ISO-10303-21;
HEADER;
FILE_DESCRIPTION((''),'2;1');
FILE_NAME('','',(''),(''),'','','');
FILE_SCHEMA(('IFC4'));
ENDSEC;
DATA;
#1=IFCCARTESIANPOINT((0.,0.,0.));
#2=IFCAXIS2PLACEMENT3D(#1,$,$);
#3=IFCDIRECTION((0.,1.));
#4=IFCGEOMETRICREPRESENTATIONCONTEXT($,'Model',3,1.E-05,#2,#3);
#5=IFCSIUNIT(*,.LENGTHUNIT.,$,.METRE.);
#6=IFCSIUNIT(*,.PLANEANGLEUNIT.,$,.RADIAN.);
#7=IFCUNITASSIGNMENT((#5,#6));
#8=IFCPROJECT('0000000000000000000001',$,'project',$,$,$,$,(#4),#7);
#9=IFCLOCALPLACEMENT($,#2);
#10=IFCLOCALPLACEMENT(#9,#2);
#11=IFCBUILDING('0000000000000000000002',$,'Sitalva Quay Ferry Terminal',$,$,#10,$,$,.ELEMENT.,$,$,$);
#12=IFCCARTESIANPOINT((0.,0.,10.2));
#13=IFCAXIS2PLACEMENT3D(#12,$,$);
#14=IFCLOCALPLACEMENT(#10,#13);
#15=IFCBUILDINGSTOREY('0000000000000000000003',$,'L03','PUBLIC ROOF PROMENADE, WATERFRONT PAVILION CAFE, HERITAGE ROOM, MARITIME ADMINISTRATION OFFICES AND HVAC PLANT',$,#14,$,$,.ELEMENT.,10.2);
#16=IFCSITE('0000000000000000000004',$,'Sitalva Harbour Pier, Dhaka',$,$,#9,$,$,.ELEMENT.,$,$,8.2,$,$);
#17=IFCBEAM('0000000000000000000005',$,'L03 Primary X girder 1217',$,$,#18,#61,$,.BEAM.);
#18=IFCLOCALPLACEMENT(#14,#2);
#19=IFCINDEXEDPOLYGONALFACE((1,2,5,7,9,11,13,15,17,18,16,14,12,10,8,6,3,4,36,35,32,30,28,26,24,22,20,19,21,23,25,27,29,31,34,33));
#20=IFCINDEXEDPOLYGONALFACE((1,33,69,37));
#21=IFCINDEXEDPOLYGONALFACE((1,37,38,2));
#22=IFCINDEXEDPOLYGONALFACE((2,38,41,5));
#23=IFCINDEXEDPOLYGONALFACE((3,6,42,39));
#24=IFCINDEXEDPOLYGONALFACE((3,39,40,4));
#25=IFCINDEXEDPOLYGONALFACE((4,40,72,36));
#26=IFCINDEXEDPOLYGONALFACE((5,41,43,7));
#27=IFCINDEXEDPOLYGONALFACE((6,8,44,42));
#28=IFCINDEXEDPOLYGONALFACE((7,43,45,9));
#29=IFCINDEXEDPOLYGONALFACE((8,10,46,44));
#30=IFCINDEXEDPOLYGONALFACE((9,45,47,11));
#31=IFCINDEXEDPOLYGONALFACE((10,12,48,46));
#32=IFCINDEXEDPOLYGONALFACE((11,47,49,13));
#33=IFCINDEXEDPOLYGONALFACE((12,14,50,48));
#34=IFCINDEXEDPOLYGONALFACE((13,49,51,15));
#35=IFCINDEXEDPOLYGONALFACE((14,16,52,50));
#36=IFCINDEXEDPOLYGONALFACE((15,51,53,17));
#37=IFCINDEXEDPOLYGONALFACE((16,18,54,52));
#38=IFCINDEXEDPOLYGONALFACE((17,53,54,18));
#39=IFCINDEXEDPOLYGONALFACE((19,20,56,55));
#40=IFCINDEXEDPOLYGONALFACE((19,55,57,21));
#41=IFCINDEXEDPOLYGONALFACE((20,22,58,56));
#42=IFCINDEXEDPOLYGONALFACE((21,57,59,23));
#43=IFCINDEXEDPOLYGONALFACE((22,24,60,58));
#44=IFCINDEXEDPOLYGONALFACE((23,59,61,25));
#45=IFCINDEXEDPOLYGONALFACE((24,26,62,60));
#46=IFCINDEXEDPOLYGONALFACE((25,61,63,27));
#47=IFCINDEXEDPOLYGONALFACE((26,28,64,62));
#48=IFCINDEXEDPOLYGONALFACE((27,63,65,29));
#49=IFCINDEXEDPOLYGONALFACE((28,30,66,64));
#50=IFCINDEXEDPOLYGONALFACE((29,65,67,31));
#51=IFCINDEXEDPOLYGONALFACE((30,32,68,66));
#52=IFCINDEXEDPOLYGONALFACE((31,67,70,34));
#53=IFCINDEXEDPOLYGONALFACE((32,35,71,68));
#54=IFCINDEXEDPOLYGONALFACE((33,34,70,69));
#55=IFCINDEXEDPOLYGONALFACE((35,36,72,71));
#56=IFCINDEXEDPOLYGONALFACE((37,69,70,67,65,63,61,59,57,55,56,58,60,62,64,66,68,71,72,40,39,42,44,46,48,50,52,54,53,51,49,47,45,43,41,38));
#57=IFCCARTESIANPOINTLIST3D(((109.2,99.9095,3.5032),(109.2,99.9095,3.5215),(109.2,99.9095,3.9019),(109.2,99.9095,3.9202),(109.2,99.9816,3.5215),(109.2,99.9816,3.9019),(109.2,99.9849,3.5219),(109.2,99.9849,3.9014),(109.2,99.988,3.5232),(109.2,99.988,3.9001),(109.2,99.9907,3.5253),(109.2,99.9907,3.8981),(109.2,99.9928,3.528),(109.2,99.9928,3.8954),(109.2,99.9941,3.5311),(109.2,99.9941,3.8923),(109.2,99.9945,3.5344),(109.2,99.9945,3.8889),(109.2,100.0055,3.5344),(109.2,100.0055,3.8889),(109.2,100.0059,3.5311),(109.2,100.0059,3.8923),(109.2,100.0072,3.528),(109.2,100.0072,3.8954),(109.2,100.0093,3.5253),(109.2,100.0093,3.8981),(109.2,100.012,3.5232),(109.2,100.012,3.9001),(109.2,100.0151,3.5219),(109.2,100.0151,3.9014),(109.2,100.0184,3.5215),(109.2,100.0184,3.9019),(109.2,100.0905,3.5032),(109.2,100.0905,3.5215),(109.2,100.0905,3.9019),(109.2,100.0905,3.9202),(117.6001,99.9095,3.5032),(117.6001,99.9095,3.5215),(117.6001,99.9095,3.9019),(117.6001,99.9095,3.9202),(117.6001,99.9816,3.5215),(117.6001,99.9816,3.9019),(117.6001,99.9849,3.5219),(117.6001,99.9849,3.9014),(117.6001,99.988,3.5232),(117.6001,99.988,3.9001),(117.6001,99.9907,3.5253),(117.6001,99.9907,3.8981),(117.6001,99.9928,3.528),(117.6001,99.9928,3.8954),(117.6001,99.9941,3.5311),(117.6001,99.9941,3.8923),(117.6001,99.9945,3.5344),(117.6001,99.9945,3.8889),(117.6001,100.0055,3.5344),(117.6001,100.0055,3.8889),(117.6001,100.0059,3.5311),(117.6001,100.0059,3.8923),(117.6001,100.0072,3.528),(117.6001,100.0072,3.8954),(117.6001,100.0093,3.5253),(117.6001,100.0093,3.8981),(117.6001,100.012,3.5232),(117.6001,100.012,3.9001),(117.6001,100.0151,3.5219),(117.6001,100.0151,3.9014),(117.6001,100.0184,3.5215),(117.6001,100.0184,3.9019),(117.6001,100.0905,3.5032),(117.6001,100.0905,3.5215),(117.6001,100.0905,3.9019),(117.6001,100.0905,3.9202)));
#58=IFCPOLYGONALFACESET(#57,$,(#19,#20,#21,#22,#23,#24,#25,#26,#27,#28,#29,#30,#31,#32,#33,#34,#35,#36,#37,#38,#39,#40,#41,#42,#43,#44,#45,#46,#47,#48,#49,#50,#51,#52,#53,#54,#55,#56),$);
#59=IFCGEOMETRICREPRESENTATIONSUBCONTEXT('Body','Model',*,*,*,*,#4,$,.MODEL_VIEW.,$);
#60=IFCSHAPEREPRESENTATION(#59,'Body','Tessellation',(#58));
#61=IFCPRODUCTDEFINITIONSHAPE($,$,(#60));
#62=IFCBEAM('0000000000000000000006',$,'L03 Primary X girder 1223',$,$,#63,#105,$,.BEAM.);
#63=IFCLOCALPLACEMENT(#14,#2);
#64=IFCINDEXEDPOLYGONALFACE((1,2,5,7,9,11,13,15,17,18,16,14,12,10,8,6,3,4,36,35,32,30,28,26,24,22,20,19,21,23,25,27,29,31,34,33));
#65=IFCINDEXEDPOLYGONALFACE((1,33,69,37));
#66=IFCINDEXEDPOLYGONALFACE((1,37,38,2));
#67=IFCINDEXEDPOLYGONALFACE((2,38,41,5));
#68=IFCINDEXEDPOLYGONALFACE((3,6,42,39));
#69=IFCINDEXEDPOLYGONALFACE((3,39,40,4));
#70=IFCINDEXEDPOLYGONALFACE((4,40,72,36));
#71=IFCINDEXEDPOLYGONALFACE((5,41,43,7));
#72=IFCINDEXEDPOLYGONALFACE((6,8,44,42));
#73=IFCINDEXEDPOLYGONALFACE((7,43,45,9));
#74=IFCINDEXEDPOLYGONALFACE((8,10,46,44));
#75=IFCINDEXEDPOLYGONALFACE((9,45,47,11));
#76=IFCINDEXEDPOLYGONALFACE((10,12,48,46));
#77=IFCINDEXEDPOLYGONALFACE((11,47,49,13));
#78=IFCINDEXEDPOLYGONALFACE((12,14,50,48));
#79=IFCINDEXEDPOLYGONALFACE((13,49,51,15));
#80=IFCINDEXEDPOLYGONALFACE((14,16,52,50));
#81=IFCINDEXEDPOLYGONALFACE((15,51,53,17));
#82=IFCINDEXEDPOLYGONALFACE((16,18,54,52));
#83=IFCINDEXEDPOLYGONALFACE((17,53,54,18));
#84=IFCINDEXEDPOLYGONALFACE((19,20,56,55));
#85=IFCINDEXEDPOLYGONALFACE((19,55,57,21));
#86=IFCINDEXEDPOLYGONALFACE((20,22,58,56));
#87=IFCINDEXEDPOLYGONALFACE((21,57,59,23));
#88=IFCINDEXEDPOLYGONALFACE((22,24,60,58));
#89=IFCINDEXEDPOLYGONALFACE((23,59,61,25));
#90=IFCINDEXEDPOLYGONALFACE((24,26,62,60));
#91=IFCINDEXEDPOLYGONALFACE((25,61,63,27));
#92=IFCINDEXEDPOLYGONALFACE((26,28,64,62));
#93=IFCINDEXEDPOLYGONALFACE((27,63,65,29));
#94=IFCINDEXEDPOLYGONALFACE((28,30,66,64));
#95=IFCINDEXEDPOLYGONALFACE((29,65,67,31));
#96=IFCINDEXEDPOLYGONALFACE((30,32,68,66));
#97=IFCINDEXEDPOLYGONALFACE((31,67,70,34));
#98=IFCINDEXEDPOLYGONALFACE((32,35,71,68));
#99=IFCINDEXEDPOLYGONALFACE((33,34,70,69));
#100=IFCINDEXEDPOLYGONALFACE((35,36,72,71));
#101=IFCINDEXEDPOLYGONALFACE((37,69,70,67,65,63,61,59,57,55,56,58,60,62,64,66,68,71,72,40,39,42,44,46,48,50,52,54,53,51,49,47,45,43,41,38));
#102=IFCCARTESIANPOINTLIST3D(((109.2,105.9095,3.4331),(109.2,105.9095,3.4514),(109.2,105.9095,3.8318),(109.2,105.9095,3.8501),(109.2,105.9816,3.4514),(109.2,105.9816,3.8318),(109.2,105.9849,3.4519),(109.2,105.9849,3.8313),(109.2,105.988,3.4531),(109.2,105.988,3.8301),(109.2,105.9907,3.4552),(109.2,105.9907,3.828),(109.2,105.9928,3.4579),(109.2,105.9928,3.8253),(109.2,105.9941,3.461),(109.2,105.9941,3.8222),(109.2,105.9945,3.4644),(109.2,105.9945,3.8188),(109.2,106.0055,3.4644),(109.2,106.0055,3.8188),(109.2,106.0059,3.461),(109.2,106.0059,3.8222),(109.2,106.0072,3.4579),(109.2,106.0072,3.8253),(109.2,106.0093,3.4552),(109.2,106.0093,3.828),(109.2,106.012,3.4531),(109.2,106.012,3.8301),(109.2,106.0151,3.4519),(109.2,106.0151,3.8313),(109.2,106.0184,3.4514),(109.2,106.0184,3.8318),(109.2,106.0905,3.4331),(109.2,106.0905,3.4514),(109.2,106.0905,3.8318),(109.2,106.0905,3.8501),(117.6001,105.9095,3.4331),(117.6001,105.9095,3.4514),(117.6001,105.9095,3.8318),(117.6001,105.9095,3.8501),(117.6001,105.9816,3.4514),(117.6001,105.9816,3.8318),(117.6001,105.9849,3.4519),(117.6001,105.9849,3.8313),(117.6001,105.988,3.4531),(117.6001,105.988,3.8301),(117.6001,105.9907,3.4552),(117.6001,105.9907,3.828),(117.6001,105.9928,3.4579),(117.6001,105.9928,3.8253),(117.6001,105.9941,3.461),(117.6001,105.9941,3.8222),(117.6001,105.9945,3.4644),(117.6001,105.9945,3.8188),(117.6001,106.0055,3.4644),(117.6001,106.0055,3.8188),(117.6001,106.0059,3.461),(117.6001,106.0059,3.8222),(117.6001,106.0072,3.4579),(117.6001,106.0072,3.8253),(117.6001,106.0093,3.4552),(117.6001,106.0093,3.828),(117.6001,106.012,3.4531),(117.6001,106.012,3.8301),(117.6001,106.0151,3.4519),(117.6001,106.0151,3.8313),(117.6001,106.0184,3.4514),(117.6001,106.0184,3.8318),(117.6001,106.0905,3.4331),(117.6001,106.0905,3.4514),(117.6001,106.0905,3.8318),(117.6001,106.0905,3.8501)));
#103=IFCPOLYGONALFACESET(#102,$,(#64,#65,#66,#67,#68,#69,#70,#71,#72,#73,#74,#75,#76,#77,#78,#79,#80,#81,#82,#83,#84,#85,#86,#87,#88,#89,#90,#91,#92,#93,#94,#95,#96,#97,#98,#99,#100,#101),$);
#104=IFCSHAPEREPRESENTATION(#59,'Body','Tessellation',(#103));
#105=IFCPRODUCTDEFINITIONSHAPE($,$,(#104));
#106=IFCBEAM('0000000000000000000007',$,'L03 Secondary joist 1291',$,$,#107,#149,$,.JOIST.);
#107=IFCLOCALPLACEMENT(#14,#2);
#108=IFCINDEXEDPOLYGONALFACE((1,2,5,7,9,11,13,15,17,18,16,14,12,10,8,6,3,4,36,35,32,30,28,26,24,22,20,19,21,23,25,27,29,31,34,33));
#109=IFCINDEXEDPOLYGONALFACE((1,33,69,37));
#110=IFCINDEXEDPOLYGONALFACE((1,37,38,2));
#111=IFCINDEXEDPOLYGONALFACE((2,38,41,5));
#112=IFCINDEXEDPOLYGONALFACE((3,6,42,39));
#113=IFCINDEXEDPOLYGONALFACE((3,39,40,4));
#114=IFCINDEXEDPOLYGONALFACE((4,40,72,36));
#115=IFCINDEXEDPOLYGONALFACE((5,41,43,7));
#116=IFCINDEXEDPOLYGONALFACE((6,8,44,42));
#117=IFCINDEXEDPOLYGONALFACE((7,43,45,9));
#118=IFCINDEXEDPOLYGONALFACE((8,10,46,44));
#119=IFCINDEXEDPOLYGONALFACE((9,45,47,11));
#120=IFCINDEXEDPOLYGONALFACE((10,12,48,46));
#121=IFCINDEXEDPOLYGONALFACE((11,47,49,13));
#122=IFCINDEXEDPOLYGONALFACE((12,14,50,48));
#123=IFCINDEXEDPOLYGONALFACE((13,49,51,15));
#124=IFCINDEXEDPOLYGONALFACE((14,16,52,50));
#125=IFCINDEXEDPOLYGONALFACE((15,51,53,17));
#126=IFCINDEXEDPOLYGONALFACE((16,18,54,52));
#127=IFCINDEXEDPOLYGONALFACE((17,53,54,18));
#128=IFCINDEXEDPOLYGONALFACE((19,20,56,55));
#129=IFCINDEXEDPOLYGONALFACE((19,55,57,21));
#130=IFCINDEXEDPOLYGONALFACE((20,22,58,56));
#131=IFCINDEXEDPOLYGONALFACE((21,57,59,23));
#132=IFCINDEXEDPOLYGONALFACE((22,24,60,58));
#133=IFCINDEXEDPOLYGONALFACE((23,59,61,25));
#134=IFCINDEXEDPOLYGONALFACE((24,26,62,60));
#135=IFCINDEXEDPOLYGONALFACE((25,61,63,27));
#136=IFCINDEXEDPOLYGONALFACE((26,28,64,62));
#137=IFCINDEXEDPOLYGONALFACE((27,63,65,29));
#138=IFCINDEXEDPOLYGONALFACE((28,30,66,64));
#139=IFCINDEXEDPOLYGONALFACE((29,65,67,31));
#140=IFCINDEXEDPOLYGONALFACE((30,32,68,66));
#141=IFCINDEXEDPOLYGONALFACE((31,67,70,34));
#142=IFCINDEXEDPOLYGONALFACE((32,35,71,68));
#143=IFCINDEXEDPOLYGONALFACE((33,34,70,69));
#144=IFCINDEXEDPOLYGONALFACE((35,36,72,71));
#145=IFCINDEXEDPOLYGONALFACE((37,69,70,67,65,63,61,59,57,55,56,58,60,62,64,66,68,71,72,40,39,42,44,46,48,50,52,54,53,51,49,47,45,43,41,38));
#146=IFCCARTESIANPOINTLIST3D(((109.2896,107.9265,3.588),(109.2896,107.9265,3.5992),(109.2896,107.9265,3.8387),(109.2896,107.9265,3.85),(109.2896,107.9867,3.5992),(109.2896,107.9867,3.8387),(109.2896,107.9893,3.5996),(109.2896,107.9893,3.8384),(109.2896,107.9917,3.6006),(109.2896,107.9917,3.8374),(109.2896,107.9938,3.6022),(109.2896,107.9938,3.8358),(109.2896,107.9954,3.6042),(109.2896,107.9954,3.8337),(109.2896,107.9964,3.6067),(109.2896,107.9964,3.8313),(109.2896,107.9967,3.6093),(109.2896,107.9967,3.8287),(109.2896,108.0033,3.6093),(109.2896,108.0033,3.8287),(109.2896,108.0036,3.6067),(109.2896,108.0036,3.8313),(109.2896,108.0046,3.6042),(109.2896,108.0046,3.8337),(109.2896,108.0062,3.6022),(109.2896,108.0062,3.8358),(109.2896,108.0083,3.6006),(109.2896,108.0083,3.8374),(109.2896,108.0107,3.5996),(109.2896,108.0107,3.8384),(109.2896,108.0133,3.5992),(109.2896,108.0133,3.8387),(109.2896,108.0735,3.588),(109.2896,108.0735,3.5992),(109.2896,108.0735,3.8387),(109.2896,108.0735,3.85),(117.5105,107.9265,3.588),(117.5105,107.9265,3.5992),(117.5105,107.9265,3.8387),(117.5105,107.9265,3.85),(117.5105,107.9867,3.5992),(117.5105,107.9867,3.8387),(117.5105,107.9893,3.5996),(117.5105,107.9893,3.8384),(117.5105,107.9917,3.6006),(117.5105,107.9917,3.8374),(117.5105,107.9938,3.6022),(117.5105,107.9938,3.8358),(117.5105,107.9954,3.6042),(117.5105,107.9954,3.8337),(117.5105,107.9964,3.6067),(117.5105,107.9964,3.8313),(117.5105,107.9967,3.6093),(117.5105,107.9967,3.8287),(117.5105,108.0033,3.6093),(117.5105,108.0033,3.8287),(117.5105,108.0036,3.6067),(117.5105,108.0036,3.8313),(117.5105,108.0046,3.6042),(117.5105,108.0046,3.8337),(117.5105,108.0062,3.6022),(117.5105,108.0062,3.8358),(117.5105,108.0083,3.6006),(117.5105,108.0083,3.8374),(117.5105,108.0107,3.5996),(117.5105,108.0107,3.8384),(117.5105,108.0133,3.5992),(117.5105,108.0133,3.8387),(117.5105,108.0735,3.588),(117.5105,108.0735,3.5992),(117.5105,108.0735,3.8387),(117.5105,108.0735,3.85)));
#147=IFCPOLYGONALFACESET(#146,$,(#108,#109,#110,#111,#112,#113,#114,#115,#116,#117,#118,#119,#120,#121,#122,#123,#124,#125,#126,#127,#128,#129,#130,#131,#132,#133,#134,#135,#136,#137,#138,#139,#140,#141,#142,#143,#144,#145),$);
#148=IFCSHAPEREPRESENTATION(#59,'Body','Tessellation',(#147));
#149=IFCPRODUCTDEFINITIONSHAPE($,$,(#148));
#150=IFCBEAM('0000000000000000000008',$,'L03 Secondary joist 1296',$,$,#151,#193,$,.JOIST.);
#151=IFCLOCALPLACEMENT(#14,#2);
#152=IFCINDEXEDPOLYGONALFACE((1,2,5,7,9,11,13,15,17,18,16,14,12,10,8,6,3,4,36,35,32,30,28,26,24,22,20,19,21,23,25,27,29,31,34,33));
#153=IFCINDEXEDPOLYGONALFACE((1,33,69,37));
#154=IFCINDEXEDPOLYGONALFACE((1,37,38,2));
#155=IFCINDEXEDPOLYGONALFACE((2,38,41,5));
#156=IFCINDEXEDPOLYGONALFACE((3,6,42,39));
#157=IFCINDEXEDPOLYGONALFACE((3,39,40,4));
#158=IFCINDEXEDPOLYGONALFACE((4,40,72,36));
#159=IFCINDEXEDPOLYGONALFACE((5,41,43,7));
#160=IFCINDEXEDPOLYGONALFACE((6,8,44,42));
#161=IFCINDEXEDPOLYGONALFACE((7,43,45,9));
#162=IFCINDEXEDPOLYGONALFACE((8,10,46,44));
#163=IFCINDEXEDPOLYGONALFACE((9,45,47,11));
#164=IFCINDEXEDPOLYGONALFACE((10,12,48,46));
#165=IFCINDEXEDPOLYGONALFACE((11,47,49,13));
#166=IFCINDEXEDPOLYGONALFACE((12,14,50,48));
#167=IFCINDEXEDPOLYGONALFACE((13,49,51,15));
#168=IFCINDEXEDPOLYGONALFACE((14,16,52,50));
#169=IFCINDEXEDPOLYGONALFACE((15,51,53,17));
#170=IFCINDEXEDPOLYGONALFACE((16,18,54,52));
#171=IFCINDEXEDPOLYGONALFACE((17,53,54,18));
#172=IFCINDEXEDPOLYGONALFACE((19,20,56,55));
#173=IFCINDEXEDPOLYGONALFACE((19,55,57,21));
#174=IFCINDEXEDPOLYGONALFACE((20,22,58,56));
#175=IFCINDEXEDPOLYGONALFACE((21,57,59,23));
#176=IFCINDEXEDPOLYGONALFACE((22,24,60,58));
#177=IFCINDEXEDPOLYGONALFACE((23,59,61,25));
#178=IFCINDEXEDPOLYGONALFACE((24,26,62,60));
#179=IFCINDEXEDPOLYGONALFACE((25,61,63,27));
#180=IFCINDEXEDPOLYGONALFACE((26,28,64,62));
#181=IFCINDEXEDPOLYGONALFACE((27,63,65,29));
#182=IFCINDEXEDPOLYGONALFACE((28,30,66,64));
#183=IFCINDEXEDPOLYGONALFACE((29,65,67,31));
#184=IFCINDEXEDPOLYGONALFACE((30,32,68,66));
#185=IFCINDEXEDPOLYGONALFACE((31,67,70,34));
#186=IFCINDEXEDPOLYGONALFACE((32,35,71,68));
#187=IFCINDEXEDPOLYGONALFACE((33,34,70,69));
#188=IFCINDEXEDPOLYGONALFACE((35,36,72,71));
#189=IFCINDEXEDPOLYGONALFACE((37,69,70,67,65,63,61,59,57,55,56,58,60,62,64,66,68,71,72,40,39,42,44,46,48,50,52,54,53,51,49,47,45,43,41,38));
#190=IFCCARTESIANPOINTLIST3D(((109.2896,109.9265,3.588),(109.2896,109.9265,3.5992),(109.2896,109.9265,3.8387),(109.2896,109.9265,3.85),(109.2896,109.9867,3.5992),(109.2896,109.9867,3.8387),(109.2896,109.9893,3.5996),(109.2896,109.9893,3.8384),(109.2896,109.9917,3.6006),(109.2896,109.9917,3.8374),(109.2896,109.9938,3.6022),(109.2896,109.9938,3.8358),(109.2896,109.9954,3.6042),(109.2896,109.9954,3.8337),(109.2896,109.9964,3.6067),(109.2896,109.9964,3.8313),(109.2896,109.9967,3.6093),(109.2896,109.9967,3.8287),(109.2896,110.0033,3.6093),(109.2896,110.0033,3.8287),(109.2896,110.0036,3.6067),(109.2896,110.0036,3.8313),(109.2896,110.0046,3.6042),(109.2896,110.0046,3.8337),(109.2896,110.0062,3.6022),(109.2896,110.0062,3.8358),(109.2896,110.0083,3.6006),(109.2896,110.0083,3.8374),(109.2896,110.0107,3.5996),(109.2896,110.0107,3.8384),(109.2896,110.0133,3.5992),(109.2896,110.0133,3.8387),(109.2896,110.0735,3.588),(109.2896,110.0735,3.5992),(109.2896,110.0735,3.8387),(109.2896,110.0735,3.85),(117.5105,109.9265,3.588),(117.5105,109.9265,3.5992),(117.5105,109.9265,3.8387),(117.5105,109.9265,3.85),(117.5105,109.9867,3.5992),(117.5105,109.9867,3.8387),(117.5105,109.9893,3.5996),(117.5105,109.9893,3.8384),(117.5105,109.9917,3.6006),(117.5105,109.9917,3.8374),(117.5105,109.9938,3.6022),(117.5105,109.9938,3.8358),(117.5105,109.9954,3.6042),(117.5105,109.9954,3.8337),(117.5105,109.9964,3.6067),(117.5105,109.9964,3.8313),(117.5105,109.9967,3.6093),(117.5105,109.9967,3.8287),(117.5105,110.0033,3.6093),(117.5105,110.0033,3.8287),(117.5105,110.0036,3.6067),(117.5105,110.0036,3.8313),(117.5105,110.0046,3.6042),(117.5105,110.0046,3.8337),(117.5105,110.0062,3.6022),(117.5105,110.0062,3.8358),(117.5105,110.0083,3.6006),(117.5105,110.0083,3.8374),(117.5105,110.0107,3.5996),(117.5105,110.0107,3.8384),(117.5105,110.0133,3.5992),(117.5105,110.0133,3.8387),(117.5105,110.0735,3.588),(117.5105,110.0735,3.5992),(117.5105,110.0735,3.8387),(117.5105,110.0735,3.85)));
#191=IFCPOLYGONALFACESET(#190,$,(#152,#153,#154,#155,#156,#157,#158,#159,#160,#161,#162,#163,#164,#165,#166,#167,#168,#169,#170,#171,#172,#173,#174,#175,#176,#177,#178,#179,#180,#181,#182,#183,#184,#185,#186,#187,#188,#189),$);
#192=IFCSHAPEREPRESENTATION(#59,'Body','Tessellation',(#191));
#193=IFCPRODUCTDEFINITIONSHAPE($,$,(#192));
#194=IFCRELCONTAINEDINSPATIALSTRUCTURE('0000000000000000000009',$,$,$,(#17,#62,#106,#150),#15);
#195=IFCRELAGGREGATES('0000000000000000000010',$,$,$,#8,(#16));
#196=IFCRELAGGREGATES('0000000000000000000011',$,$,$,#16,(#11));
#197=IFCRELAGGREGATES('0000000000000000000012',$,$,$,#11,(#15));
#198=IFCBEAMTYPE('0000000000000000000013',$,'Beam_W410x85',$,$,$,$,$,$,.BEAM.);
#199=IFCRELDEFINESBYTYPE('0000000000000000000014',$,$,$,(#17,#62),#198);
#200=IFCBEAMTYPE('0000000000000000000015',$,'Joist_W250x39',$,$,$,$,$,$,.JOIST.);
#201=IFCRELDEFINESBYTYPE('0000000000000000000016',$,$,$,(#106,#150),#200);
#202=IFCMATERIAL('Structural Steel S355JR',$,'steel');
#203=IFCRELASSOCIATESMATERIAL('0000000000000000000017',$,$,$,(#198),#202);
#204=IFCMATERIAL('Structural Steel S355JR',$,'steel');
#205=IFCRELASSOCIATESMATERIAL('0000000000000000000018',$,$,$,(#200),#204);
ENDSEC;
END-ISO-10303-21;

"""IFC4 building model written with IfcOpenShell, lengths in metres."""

from ifc_helpers import new_model, si_unit, direction, frame, origin, origin_2d, place, context, subcontext, project, spatial, i_section, extrude, material, material_profile, profile_set, type_object, element, save


model = new_model("IFC4")

# Units and contexts
model_context = context("Model", 3, precision=1e-05, world=origin(), true_north=direction((0.0, 1.0)))
body_context = subcontext(model_context, "Body", "Model", "MODEL_VIEW")
ifc_project = project(units=[si_unit("LENGTHUNIT", "METRE"), si_unit("PLANEANGLEUNIT", "RADIAN")], contexts=[model_context])

# Site, building, storey
site_placement = place(None, origin())
site = spatial("IfcSite", under=ifc_project, at=site_placement, Name="Sitalva Harbour Pier, Dhaka", CompositionType="ELEMENT", RefElevation=8.2)
building_placement = place(site_placement, origin())
building = spatial("IfcBuilding", under=site, at=building_placement, Name="Sitalva Quay Ferry Terminal", CompositionType="ELEMENT")
storey_placement = place(building_placement, frame((0.0, 0.0, 10.2)))
storey = spatial("IfcBuildingStorey", under=building, at=storey_placement, Name="L03", Description="PUBLIC ROOF PROMENADE, WATERFRONT PAVILION CAFE, HERITAGE ROOM, MARITIME ADMINISTRATION OFFICES AND HVAC PLANT", CompositionType="ELEMENT", Elevation=10.2)

# Beams
ifc_material_1 = material(Name="Structural Steel S355JR", Category="steel")
ifc_material_profile_1 = material_profile(ifc_material_1, i_section(OverallWidth=0.1809, OverallDepth=0.417, WebThickness=0.011, FlangeThickness=0.0183, FilletRadius=0.0129, at=origin_2d()), Name="W410x85")
ifc_profile_set_1 = profile_set([ifc_material_profile_1], Name="Structural Steel S355JR")
beam_type_1 = type_object("IfcBeamType", Name="Beam_W410x85", PredefinedType="BEAM", material=ifc_profile_set_1)
for number, where, z_axis, x_axis, name in (
    (1, (109.2, 100.0, 3.7117), (1.0, 0.0, 0.0), (0.0, 1.0, 0.0), "L03 Primary X girder 1217"),
    (2, (109.2, 106.0, 3.6416), (1.0, 0.0, 0.0), (0.0, 1.0, 0.0), "L03 Primary X girder 1223"),
):
    element("IfcBeam", number, at=place(storey_placement, frame(where, z_axis=z_axis, x_axis=x_axis)), inside=storey, type_object=beam_type_1, Name=name, PredefinedType="BEAM", context=body_context, shape_type="SweptSolid", body=[
        extrude(i_section(OverallWidth=0.1809, OverallDepth=0.417, WebThickness=0.011, FlangeThickness=0.0183, FilletRadius=0.0129, at=origin_2d()), origin(), (0.0, 0.0, 1.0), 8.4001),
    ])
ifc_material_2 = material(Name="Structural Steel S355JR", Category="steel")
ifc_material_profile_2 = material_profile(ifc_material_2, i_section(OverallWidth=0.147, OverallDepth=0.262, WebThickness=0.0066, FlangeThickness=0.0112, FilletRadius=0.01, at=origin_2d()), Name="W250x39")
ifc_profile_set_2 = profile_set([ifc_material_profile_2], Name="Structural Steel S355JR")
beam_type_2 = type_object("IfcBeamType", Name="Joist_W250x39", PredefinedType="JOIST", material=ifc_profile_set_2)
for number, where, z_axis, x_axis, name in (
    (3, (109.2896, 108.0, 3.719), (1.0, 0.0, 0.0), (0.0, 1.0, 0.0), "L03 Secondary joist 1291"),
    (4, (109.2896, 110.0, 3.719), (1.0, 0.0, 0.0), (0.0, 1.0, 0.0), "L03 Secondary joist 1296"),
):
    element("IfcBeam", number, at=place(storey_placement, frame(where, z_axis=z_axis, x_axis=x_axis)), inside=storey, type_object=beam_type_2, Name=name, PredefinedType="JOIST", context=body_context, shape_type="SweptSolid", body=[
        extrude(i_section(OverallWidth=0.147, OverallDepth=0.262, WebThickness=0.0066, FlangeThickness=0.0112, FilletRadius=0.01, at=origin_2d()), origin(), (0.0, 0.0, 1.0), 8.2209),
    ])

save(model, "model.ifc")
